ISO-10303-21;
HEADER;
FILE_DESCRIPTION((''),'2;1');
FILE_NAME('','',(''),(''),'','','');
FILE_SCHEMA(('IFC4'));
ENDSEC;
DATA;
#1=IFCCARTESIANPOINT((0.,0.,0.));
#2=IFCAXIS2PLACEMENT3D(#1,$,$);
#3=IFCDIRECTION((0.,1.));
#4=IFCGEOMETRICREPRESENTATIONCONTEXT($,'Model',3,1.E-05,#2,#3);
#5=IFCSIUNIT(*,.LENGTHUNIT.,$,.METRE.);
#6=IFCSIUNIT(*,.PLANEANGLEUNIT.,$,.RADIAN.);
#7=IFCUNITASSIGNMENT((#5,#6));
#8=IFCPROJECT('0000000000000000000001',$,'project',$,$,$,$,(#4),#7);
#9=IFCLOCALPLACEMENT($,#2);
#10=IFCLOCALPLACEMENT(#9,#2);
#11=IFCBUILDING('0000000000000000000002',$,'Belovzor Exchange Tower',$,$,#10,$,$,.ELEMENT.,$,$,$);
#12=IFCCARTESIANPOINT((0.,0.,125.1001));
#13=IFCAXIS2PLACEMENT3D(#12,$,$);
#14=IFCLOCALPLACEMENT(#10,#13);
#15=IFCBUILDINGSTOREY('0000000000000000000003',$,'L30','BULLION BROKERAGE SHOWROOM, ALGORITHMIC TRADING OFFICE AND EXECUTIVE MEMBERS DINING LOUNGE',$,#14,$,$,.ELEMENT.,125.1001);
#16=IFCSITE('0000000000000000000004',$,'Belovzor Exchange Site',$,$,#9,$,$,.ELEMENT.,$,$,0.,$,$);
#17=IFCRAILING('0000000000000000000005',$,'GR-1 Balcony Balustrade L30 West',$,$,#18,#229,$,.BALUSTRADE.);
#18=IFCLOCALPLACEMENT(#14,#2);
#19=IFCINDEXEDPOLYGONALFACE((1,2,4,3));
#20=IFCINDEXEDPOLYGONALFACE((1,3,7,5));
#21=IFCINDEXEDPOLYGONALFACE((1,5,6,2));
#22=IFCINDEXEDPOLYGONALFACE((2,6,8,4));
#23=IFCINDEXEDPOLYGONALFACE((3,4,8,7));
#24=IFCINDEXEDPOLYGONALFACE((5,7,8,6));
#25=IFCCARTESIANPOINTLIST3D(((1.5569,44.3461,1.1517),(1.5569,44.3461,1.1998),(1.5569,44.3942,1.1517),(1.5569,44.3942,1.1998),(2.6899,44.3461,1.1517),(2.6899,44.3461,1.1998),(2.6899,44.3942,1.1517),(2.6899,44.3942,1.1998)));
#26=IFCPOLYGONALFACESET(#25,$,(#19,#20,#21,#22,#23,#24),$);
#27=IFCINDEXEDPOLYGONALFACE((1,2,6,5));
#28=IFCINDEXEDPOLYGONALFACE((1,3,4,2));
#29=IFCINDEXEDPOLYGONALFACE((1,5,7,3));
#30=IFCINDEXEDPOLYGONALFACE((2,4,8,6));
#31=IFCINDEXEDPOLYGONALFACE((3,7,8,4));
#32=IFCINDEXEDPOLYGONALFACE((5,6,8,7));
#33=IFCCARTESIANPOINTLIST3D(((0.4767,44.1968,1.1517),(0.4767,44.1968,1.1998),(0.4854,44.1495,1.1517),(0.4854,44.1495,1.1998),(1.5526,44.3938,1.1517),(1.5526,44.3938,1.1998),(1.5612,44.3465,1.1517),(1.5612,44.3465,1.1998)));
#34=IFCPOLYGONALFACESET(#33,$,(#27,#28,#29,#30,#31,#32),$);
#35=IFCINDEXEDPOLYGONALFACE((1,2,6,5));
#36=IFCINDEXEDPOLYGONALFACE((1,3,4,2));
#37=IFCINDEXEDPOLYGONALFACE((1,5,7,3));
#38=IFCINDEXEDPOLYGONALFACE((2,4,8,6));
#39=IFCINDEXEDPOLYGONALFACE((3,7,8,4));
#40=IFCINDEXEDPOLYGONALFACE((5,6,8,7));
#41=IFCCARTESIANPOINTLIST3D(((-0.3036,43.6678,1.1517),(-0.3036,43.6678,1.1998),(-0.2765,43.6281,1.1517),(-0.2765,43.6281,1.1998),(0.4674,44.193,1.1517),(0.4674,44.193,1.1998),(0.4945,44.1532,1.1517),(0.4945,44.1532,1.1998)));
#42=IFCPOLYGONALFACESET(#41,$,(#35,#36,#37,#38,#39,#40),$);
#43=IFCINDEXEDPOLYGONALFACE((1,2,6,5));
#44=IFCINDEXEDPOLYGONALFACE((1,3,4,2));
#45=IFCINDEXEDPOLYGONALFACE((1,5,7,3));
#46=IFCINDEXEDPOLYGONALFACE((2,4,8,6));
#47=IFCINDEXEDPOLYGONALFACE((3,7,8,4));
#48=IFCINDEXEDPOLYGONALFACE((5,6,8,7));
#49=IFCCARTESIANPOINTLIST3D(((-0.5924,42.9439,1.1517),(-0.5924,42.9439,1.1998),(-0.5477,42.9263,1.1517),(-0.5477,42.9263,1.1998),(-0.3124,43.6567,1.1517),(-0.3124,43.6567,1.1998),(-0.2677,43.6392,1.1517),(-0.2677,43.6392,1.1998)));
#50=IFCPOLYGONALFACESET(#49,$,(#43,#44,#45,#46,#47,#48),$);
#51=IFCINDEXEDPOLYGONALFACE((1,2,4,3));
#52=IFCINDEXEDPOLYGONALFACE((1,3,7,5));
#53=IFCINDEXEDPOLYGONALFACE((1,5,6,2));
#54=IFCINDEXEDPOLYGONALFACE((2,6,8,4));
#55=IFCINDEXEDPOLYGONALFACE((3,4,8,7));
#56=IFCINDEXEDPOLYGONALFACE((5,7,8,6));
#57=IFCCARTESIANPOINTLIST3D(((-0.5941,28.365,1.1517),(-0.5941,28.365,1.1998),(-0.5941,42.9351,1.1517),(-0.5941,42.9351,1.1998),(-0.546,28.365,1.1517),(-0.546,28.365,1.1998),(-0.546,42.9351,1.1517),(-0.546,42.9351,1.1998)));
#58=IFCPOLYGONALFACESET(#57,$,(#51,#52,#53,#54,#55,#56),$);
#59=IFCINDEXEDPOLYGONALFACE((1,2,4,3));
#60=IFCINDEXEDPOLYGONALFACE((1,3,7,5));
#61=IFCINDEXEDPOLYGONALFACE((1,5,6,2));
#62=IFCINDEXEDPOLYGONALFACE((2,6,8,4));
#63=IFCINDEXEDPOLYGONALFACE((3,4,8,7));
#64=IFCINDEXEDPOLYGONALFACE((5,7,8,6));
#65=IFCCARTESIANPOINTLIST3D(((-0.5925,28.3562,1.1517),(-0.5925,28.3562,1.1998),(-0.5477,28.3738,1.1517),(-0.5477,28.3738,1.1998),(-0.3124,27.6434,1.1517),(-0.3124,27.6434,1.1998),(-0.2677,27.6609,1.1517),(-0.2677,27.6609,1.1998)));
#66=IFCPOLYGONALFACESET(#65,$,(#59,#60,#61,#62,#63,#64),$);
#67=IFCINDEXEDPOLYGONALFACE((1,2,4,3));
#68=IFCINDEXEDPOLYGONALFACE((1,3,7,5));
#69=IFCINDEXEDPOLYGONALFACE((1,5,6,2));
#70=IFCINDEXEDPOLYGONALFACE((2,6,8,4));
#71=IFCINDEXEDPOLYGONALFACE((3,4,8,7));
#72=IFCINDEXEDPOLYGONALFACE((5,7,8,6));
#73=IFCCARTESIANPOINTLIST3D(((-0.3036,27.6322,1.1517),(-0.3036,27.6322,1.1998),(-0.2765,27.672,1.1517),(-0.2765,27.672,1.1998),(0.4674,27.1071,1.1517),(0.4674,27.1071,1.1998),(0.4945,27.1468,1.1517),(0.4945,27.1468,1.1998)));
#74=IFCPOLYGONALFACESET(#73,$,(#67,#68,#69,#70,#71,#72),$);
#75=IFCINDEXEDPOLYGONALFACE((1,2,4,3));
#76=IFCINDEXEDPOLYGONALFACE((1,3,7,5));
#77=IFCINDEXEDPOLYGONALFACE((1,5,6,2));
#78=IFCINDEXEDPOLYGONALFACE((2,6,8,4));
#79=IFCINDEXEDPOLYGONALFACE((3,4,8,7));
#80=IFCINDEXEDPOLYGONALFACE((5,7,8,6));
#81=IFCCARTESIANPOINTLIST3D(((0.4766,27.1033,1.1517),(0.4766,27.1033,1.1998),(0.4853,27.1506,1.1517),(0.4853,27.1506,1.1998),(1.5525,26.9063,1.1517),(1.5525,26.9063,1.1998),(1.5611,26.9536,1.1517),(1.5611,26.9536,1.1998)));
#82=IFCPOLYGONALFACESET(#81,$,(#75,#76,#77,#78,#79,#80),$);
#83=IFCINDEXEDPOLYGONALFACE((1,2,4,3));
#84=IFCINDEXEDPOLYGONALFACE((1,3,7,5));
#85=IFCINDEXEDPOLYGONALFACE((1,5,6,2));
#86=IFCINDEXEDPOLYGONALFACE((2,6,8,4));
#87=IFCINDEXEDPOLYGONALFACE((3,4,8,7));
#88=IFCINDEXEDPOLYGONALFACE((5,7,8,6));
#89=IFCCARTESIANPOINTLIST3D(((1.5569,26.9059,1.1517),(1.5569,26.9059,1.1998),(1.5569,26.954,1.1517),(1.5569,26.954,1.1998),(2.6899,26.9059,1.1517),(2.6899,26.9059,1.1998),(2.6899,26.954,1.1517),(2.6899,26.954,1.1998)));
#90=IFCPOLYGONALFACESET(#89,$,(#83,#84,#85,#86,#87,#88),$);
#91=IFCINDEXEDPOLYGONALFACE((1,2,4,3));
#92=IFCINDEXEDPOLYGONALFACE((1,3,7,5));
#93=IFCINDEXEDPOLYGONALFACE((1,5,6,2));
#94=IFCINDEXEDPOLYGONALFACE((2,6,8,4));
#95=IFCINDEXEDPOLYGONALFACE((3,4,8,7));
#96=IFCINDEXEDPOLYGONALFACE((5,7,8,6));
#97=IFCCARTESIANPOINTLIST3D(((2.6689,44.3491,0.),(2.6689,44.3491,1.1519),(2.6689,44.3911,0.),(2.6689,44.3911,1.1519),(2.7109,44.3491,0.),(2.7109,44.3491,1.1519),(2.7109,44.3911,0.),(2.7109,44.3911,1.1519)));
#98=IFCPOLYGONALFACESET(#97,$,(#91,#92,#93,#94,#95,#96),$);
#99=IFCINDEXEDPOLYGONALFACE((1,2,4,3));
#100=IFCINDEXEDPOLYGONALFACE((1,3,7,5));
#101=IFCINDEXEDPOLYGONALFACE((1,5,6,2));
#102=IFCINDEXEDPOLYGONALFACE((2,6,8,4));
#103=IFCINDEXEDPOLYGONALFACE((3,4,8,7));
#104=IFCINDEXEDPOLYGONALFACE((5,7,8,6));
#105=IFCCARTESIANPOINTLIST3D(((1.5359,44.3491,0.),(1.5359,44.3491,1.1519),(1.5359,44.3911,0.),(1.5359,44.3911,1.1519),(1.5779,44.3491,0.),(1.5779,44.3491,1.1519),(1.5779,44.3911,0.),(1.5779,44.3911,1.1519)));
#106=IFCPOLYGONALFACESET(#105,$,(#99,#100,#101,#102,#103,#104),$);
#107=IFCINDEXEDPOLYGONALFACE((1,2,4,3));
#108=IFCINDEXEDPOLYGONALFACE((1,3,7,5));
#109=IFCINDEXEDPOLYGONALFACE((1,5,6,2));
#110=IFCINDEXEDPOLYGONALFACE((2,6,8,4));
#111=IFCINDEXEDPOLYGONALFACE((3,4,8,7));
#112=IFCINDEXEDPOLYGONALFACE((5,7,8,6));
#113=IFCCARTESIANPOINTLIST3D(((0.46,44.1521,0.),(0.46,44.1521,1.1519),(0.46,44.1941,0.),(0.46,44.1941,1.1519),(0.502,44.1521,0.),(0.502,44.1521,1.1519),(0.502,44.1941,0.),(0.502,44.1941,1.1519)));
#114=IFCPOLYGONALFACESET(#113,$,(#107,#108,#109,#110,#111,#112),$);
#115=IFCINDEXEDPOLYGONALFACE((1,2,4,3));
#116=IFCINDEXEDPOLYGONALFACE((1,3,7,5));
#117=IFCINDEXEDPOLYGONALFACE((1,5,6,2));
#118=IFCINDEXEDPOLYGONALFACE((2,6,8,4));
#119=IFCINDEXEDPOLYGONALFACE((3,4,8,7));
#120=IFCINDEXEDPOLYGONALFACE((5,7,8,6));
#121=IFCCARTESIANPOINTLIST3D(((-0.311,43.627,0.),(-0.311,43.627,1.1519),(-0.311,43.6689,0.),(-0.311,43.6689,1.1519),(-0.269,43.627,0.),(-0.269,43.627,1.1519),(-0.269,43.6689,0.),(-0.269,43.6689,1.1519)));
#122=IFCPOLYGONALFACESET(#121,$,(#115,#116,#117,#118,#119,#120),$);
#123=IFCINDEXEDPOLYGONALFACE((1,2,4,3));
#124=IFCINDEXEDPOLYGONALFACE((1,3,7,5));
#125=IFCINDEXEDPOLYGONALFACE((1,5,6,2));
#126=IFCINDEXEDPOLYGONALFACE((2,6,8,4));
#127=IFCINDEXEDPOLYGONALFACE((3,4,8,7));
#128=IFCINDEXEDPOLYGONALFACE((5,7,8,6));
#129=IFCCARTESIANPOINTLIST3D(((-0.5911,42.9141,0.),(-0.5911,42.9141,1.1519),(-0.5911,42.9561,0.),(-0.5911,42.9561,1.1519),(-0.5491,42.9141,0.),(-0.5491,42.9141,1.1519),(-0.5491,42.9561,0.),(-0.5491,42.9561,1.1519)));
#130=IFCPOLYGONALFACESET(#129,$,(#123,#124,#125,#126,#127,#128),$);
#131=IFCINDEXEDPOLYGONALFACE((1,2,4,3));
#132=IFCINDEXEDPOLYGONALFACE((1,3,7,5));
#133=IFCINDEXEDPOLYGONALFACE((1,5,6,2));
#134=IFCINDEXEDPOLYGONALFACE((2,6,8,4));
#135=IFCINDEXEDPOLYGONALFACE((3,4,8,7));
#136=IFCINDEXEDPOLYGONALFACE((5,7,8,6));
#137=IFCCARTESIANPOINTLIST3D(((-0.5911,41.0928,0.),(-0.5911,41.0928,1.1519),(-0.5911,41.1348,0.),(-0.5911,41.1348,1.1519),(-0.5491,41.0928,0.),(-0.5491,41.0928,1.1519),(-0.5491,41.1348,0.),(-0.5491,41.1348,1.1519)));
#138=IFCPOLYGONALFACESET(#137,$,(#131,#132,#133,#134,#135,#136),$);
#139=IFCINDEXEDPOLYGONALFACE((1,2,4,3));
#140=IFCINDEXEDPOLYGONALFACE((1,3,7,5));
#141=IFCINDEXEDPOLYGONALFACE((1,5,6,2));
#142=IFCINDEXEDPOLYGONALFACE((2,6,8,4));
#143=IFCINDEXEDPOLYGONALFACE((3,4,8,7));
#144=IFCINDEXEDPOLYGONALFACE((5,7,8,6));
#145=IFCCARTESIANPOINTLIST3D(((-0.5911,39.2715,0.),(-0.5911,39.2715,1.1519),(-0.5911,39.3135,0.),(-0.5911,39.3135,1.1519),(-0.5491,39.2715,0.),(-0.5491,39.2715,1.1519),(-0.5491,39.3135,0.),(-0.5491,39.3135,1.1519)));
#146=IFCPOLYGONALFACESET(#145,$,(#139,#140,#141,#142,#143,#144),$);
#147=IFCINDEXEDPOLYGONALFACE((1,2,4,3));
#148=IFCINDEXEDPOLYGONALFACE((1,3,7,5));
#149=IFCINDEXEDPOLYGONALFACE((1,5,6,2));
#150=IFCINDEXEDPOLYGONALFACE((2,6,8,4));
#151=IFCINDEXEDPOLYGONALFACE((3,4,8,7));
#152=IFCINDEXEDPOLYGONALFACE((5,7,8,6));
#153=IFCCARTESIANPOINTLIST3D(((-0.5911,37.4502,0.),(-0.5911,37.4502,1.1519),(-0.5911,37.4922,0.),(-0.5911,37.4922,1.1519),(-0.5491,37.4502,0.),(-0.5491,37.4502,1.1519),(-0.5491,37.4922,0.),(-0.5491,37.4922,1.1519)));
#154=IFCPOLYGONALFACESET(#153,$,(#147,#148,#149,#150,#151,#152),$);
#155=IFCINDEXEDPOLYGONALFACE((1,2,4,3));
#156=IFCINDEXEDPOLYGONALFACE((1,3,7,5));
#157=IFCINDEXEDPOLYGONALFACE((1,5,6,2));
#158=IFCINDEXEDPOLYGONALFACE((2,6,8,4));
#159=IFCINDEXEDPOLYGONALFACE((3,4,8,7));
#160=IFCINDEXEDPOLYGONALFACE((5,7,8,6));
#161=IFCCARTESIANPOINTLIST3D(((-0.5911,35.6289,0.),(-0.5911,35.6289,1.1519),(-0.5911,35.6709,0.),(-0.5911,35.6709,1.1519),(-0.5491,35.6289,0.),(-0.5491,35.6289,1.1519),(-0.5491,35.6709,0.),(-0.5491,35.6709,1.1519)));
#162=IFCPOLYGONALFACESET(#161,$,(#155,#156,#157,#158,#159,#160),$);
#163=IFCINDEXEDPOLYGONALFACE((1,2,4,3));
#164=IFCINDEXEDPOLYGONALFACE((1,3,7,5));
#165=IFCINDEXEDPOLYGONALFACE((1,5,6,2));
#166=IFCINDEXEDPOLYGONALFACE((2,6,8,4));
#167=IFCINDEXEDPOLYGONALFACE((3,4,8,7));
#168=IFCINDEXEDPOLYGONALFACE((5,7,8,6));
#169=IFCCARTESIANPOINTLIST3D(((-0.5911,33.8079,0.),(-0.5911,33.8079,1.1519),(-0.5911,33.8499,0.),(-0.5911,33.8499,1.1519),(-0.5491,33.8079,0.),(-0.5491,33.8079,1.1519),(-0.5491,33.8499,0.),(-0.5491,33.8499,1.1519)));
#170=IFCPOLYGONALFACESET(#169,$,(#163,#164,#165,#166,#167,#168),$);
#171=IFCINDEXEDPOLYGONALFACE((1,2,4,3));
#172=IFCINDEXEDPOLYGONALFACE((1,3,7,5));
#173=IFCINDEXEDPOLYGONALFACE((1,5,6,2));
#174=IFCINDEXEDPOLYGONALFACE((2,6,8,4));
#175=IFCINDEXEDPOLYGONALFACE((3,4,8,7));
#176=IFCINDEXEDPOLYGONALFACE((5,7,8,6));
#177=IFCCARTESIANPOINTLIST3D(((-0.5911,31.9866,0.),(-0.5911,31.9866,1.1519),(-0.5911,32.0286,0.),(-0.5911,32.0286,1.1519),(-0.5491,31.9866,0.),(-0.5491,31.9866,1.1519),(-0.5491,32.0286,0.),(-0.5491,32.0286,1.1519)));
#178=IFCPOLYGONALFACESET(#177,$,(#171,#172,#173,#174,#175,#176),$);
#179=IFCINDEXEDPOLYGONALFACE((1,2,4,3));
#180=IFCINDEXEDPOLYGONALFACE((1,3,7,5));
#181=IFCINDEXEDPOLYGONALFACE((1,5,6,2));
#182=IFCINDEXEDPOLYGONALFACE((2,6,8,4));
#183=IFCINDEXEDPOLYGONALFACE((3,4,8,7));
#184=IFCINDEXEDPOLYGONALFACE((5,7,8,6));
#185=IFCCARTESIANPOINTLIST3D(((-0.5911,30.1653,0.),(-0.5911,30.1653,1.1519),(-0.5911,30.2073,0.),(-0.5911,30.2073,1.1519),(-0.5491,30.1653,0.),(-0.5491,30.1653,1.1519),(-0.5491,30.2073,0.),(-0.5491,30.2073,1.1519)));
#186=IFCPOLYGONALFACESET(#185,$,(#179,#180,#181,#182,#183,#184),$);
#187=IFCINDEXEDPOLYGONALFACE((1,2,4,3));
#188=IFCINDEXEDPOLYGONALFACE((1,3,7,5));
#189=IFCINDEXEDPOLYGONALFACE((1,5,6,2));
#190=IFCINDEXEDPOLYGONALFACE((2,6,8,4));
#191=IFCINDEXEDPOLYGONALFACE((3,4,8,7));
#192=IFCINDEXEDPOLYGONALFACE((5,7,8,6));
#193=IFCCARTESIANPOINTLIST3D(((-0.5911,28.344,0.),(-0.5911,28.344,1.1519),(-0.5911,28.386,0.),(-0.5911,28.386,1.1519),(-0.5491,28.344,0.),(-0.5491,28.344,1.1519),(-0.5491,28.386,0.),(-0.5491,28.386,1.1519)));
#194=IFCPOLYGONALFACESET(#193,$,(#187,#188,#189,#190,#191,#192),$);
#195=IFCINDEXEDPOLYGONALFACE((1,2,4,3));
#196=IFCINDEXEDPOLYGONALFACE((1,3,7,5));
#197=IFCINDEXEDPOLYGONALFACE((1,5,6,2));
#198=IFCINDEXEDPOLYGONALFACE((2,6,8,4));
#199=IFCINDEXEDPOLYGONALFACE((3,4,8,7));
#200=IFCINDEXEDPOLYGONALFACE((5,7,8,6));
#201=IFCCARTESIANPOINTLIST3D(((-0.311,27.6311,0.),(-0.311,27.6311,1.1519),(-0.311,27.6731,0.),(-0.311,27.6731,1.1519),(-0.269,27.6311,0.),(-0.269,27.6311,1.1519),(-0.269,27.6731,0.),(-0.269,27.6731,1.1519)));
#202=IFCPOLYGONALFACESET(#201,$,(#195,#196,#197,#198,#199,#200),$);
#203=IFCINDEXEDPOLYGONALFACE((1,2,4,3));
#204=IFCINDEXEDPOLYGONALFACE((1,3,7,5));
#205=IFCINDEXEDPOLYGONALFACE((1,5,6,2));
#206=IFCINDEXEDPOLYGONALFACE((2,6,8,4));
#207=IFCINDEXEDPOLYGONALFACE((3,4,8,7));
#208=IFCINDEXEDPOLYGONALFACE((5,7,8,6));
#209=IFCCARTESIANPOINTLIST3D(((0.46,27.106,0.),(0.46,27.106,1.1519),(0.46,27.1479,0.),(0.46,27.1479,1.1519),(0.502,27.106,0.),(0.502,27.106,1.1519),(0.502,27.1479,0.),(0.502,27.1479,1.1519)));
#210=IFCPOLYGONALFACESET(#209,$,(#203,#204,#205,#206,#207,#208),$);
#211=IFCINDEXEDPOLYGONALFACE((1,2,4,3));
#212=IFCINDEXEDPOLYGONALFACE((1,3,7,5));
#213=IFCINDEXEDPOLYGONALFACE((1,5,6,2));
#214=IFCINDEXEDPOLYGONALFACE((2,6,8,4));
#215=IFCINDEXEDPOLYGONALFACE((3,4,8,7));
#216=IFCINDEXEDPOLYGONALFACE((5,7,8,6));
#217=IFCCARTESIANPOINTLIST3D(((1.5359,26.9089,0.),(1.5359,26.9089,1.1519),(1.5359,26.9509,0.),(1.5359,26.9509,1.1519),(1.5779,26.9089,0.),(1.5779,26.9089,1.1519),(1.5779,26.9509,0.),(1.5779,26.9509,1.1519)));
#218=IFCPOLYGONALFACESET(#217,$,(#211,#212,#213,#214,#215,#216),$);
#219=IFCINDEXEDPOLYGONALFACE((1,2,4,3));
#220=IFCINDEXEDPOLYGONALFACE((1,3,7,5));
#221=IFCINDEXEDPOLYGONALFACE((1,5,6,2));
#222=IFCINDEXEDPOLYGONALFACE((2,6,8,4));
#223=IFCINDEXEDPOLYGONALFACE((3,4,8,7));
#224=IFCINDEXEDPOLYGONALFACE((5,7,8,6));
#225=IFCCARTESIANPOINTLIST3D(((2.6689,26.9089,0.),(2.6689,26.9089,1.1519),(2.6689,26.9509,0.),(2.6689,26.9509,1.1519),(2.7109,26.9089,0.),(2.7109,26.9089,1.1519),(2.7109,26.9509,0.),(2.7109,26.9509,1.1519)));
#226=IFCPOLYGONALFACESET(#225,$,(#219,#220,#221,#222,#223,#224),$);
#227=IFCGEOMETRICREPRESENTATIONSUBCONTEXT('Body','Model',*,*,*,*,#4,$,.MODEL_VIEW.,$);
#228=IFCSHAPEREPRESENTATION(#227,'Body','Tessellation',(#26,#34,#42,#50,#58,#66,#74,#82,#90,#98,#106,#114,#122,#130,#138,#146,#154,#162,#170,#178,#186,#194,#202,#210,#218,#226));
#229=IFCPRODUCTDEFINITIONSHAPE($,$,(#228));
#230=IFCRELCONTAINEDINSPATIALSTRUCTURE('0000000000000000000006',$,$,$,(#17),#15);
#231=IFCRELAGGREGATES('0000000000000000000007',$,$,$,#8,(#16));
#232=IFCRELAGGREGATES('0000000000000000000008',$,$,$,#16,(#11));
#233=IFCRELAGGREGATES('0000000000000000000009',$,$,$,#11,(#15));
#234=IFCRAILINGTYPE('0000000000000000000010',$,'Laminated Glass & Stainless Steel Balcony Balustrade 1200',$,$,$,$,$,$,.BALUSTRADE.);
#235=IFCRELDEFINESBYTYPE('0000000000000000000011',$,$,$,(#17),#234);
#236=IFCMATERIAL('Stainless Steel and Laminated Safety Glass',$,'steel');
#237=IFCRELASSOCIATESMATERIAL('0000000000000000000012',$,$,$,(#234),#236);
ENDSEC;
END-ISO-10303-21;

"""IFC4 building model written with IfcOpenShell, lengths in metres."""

from ifc_helpers import new_model, si_unit, direction, frame, origin, origin_2d, place, context, subcontext, project, spatial, rectangle, extrude, material, type_object, element, save


model = new_model("IFC4")

# Units and contexts
model_context = context("Model", 3, precision=1e-05, world=origin(), true_north=direction((0.0, 1.0)))
body_context = subcontext(model_context, "Body", "Model", "MODEL_VIEW")
ifc_project = project(units=[si_unit("LENGTHUNIT", "METRE"), si_unit("PLANEANGLEUNIT", "RADIAN")], contexts=[model_context])

# Site, building, storey
site_placement = place(None, origin())
site = spatial("IfcSite", under=ifc_project, at=site_placement, Name="Belovzor Exchange Site", CompositionType="ELEMENT", RefElevation=0.0)
building_placement = place(site_placement, origin())
building = spatial("IfcBuilding", under=site, at=building_placement, Name="Belovzor Exchange Tower", CompositionType="ELEMENT")
storey_placement = place(building_placement, frame((0.0, 0.0, 125.1001)))
storey = spatial("IfcBuildingStorey", under=building, at=storey_placement, Name="L30", Description="BULLION BROKERAGE SHOWROOM, ALGORITHMIC TRADING OFFICE AND EXECUTIVE MEMBERS DINING LOUNGE", CompositionType="ELEMENT", Elevation=125.1001)

# Railing
ifc_material_1 = material(Name="Stainless Steel and Laminated Safety Glass", Category="steel")
railing_type = type_object("IfcRailingType", Name="Laminated Glass & Stainless Steel Balcony Balustrade 1200", PredefinedType="BALUSTRADE", material=ifc_material_1)
railing_placement = place(storey_placement, frame((2.6899, 44.3701, 0.0)))
element("IfcRailing", 1, at=railing_placement, inside=storey, type_object=railing_type, Name="GR-1 Balcony Balustrade L30 West", PredefinedType="BALUSTRADE", context=body_context, shape_type="SweptSolid", body=[
    extrude(rectangle(XDim=0.0481, YDim=0.0481, at=origin_2d()), frame((0.0, 0.0, 1.1758), z_axis=(-1.0, 0.0, 0.0), x_axis=(0.0, -1.0, 0.0)), (0.0, 0.0, 1.0), 1.1331),
    extrude(rectangle(XDim=0.0481, YDim=0.0481, at=origin_2d()), frame((-1.1331, 0.0, 1.1758), z_axis=(-0.983644, -0.180123, 0.0), x_axis=(0.180123, -0.983644, 0.0)), (0.0, 0.0, 1.0), 1.0938),
    extrude(rectangle(XDim=0.0481, YDim=0.0481, at=origin_2d()), frame((-2.209, -0.197, 1.1758), z_axis=(-0.826493, -0.562947, 0.0), x_axis=(0.562947, -0.826493, 0.0)), (0.0, 0.0, 1.0), 0.9329),
    extrude(rectangle(XDim=0.0481, YDim=0.0481, at=origin_2d()), frame((-2.98, -0.7222, 1.1758), z_axis=(-0.365613, -0.930767, 0.0), x_axis=(0.930767, -0.365613, 0.0)), (0.0, 0.0, 1.0), 0.7659),
    extrude(rectangle(XDim=0.0481, YDim=0.0481, at=origin_2d()), frame((-3.26, -1.4351, 1.1758), z_axis=(0.0, -1.0, 0.0), x_axis=(1.0, 0.0, 0.0)), (0.0, 0.0, 1.0), 14.5701),
    extrude(rectangle(XDim=0.0481, YDim=0.0481, at=origin_2d()), frame((-3.26, -16.0051, 1.1758), z_axis=(0.365613, -0.930767, 0.0), x_axis=(0.930767, 0.365613, 0.0)), (0.0, 0.0, 1.0), 0.7659),
    extrude(rectangle(XDim=0.0481, YDim=0.0481, at=origin_2d()), frame((-2.98, -16.718, 1.1758), z_axis=(0.826493, -0.562947, 0.0), x_axis=(0.562947, 0.826493, 0.0)), (0.0, 0.0, 1.0), 0.9329),
    extrude(rectangle(XDim=0.0481, YDim=0.0481, at=origin_2d()), frame((-2.209, -17.2432, 1.1758), z_axis=(0.983644, -0.180123, 0.0), x_axis=(0.180123, 0.983644, 0.0)), (0.0, 0.0, 1.0), 1.0938),
    extrude(rectangle(XDim=0.0481, YDim=0.0481, at=origin_2d()), frame((-1.1331, -17.4402, 1.1758), z_axis=(1.0, 0.0, 0.0), x_axis=(0.0, 1.0, 0.0)), (0.0, 0.0, 1.0), 1.1331),
    extrude(rectangle(XDim=0.042, YDim=0.042, at=origin_2d()), origin(), (0.0, 0.0, 1.0), 1.1519),
    extrude(rectangle(XDim=0.042, YDim=0.042, at=origin_2d()), frame((-1.1331, 0.0, 0.0)), (0.0, 0.0, 1.0), 1.1519),
    extrude(rectangle(XDim=0.042, YDim=0.042, at=origin_2d()), frame((-2.209, -0.197, 0.0)), (0.0, 0.0, 1.0), 1.1519),
    extrude(rectangle(XDim=0.042, YDim=0.042, at=origin_2d()), frame((-2.98, -0.7222, 0.0)), (0.0, 0.0, 1.0), 1.1519),
    extrude(rectangle(XDim=0.042, YDim=0.042, at=origin_2d()), frame((-3.26, -1.4351, 0.0)), (0.0, 0.0, 1.0), 1.1519),
    extrude(rectangle(XDim=0.042, YDim=0.042, at=origin_2d()), frame((-3.26, -3.2563, 0.0)), (0.0, 0.0, 1.0), 1.1519),
    extrude(rectangle(XDim=0.042, YDim=0.042, at=origin_2d()), frame((-3.26, -5.0776, 0.0)), (0.0, 0.0, 1.0), 1.1519),
    extrude(rectangle(XDim=0.042, YDim=0.042, at=origin_2d()), frame((-3.26, -6.8989, 0.0)), (0.0, 0.0, 1.0), 1.1519),
    extrude(rectangle(XDim=0.042, YDim=0.042, at=origin_2d()), frame((-3.26, -8.7202, 0.0)), (0.0, 0.0, 1.0), 1.1519),
    extrude(rectangle(XDim=0.042, YDim=0.042, at=origin_2d()), frame((-3.26, -10.5413, 0.0)), (0.0, 0.0, 1.0), 1.1519),
    extrude(rectangle(XDim=0.042, YDim=0.042, at=origin_2d()), frame((-3.26, -12.3625, 0.0)), (0.0, 0.0, 1.0), 1.1519),
    extrude(rectangle(XDim=0.042, YDim=0.042, at=origin_2d()), frame((-3.26, -14.1838, 0.0)), (0.0, 0.0, 1.0), 1.1519),
    extrude(rectangle(XDim=0.042, YDim=0.042, at=origin_2d()), frame((-3.26, -16.0051, 0.0)), (0.0, 0.0, 1.0), 1.1519),
    extrude(rectangle(XDim=0.042, YDim=0.042, at=origin_2d()), frame((-2.98, -16.718, 0.0)), (0.0, 0.0, 1.0), 1.1519),
    extrude(rectangle(XDim=0.042, YDim=0.042, at=origin_2d()), frame((-2.209, -17.2432, 0.0)), (0.0, 0.0, 1.0), 1.1519),
    extrude(rectangle(XDim=0.042, YDim=0.042, at=origin_2d()), frame((-1.1331, -17.4402, 0.0)), (0.0, 0.0, 1.0), 1.1519),
    extrude(rectangle(XDim=0.042, YDim=0.042, at=origin_2d()), frame((0.0, -17.4402, 0.0)), (0.0, 0.0, 1.0), 1.1519),
])

save(model, "model.ifc")
